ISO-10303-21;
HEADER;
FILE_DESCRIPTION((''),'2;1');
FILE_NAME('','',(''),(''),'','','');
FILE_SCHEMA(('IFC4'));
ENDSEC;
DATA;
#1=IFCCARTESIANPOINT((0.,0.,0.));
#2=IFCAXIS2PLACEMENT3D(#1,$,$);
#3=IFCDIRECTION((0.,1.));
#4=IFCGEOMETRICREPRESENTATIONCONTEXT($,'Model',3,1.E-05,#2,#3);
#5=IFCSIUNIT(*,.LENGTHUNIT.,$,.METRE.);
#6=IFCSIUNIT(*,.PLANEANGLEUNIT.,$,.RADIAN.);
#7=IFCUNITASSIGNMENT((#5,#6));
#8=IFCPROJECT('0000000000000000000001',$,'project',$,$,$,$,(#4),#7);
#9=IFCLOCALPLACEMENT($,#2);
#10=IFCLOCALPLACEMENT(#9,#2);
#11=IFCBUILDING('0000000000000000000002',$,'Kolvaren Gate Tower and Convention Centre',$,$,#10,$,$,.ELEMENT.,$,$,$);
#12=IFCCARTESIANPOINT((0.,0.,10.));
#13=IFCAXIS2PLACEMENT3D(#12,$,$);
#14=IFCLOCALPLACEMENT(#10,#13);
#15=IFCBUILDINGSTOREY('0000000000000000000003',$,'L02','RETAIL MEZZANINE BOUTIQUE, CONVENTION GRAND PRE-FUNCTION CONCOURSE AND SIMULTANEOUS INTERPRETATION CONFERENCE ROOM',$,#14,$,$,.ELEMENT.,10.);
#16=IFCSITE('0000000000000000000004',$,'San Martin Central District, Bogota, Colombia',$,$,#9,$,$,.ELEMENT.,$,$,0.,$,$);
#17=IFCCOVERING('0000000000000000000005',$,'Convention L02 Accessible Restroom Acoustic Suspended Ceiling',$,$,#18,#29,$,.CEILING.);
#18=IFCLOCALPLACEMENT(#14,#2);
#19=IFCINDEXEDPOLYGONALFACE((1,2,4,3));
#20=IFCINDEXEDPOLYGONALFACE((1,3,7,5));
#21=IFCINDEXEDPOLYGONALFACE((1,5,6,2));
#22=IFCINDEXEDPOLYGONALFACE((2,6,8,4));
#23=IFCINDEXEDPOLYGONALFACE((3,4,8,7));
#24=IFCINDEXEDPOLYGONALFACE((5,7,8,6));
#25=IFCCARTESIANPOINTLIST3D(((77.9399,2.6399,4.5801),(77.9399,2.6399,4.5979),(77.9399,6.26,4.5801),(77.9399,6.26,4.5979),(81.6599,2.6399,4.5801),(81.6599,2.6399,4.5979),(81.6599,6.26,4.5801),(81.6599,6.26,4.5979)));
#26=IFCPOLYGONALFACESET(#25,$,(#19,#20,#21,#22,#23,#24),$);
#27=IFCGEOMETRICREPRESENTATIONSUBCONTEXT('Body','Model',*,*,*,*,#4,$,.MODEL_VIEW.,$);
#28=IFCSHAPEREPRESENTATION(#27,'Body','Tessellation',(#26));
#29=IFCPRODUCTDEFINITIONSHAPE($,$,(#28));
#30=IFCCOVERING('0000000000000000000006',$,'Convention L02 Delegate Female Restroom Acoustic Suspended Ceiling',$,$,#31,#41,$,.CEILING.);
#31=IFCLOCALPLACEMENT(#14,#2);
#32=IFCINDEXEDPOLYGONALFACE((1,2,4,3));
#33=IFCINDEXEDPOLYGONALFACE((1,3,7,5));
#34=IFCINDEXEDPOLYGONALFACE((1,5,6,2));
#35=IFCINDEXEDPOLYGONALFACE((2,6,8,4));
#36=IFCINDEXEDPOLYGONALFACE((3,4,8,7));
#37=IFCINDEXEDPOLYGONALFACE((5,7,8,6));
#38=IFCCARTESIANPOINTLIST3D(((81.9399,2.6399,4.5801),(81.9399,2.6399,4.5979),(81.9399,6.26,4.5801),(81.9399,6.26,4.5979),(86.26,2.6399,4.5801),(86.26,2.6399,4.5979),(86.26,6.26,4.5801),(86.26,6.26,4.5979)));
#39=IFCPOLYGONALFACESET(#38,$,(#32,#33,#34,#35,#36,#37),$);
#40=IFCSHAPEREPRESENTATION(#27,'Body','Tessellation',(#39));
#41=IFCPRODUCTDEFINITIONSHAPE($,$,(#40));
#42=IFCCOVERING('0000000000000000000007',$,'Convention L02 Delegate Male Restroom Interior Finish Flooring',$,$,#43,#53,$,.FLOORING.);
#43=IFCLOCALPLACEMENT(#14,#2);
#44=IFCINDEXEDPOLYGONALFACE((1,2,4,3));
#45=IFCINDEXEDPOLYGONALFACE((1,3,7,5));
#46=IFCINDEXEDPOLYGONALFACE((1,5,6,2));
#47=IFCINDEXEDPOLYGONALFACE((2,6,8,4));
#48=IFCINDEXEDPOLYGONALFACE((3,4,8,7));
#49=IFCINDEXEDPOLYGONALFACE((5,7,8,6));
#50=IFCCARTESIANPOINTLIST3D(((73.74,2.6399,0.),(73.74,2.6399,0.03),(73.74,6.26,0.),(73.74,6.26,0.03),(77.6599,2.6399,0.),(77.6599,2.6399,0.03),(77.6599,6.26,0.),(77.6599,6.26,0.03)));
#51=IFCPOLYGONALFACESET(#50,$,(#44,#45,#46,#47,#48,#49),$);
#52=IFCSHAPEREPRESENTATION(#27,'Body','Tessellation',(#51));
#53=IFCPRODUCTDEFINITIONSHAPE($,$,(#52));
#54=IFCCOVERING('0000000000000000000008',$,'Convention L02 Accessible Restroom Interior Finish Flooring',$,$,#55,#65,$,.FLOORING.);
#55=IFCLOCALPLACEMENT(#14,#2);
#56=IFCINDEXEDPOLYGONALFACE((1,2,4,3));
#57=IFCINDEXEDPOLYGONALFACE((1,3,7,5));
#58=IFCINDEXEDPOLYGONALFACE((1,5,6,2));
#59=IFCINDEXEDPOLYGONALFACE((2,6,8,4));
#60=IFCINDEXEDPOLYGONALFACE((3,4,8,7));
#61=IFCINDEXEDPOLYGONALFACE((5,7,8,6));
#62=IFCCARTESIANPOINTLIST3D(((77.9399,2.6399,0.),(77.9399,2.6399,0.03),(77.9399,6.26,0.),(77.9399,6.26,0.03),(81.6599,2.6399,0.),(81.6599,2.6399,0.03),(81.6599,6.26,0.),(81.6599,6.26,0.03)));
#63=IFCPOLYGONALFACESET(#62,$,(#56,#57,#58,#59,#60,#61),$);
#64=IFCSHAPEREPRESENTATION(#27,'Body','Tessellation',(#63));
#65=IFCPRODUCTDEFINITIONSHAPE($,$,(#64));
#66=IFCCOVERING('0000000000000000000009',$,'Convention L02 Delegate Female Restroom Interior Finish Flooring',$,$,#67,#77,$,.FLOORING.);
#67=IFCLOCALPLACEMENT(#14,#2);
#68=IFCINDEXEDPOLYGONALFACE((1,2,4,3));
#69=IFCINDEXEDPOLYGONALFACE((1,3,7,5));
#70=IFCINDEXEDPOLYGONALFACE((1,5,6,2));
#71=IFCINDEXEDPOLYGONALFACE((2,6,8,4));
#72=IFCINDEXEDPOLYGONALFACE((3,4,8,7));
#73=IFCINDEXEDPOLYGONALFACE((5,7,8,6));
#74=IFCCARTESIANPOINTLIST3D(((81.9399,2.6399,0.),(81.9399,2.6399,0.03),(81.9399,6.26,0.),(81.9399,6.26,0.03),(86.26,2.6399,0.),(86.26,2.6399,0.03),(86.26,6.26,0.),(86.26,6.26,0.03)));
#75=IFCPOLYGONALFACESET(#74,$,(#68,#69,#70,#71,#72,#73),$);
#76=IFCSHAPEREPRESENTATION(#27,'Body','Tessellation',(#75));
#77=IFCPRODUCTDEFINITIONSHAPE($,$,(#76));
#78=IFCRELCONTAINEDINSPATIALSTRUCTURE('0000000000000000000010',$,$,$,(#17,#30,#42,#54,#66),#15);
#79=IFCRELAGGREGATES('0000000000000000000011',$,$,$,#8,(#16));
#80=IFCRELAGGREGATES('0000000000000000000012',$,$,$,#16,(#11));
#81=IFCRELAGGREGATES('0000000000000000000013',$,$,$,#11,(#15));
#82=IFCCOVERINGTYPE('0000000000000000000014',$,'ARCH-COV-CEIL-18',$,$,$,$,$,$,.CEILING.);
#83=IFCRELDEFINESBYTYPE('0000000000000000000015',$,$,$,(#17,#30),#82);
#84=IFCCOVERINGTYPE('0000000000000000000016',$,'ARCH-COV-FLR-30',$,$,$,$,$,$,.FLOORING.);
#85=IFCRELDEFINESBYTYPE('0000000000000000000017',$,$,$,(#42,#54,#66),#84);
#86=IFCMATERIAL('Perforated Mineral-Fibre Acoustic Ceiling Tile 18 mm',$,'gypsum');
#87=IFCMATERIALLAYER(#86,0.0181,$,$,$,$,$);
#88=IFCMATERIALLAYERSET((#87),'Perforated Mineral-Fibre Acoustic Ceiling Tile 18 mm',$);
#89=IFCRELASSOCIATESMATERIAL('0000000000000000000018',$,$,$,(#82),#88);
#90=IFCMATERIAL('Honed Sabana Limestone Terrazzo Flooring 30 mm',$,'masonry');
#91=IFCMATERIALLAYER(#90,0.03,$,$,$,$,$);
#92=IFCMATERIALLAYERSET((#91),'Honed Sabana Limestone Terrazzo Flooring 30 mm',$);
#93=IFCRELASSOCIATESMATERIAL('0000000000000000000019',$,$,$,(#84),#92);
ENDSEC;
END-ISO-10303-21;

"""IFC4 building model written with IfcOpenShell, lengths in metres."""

from ifc_helpers import new_model, si_unit, direction, frame, origin, place, context, subcontext, project, spatial, polyline, outline, extrude, material, layer, layer_set, type_object, element, save


model = new_model("IFC4")

# Units and contexts
model_context = context("Model", 3, precision=1e-05, world=origin(), true_north=direction((0.0, 1.0)))
body_context = subcontext(model_context, "Body", "Model", "MODEL_VIEW")
ifc_project = project(units=[si_unit("LENGTHUNIT", "METRE"), si_unit("PLANEANGLEUNIT", "RADIAN")], contexts=[model_context])

# Site, building, storey
site_placement = place(None, origin())
site = spatial("IfcSite", under=ifc_project, at=site_placement, Name="San Martin Central District, Bogota, Colombia", CompositionType="ELEMENT", RefElevation=0.0)
building_placement = place(site_placement, origin())
building = spatial("IfcBuilding", under=site, at=building_placement, Name="Kolvaren Gate Tower and Convention Centre", CompositionType="ELEMENT")
storey_placement = place(building_placement, frame((0.0, 0.0, 10.0)))
storey = spatial("IfcBuildingStorey", under=building, at=storey_placement, Name="L02", Description="RETAIL MEZZANINE BOUTIQUE, CONVENTION GRAND PRE-FUNCTION CONCOURSE AND SIMULTANEOUS INTERPRETATION CONFERENCE ROOM", CompositionType="ELEMENT", Elevation=10.0)

# Coverings
ifc_material_1 = material(Name="Perforated Mineral-Fibre Acoustic Ceiling Tile 18 mm", Category="gypsum")
ifc_layer_1 = layer(ifc_material_1, 0.0181)
ifc_layer_set_1 = layer_set([ifc_layer_1], Name="Perforated Mineral-Fibre Acoustic Ceiling Tile 18 mm")
covering_type_1 = type_object("IfcCoveringType", Name="ARCH-COV-CEIL-18", PredefinedType="CEILING", material=ifc_layer_set_1)
covering_1_placement = place(storey_placement, frame((0.0, 0.0, 4.5801)))
element("IfcCovering", 1, at=covering_1_placement, inside=storey, type_object=covering_type_1, Name="Convention L02 Accessible Restroom Acoustic Suspended Ceiling", PredefinedType="CEILING", context=body_context, shape_type="SweptSolid", body=[
    extrude(outline(polyline([(77.9399, 6.26), (81.6599, 6.26), (81.6599, 2.6399), (77.9399, 2.6399), (77.9399, 6.26)])), origin(), (0.0, 0.0, 1.0), 0.0178),
])
covering_2_placement = place(storey_placement, frame((0.0, 0.0, 4.5801)))
element("IfcCovering", 2, at=covering_2_placement, inside=storey, type_object=covering_type_1, Name="Convention L02 Delegate Female Restroom Acoustic Suspended Ceiling", PredefinedType="CEILING", context=body_context, shape_type="SweptSolid", body=[
    extrude(outline(polyline([(81.9399, 6.26), (86.26, 6.26), (86.26, 2.6399), (81.9399, 2.6399), (81.9399, 6.26)])), origin(), (0.0, 0.0, 1.0), 0.0178),
])
ifc_material_2 = material(Name="Honed Sabana Limestone Terrazzo Flooring 30 mm", Category="masonry")
ifc_layer_2 = layer(ifc_material_2, 0.03)
ifc_layer_set_2 = layer_set([ifc_layer_2], Name="Honed Sabana Limestone Terrazzo Flooring 30 mm")
covering_type_2 = type_object("IfcCoveringType", Name="ARCH-COV-FLR-30", PredefinedType="FLOORING", material=ifc_layer_set_2)
covering_3_placement = place(storey_placement, origin())
element("IfcCovering", 3, at=covering_3_placement, inside=storey, type_object=covering_type_2, Name="Convention L02 Delegate Male Restroom Interior Finish Flooring", PredefinedType="FLOORING", context=body_context, shape_type="SweptSolid", body=[
    extrude(outline(polyline([(73.74, 6.26), (77.6599, 6.26), (77.6599, 2.6399), (73.74, 2.6399), (73.74, 6.26)])), origin(), (0.0, 0.0, 1.0), 0.03),
])
covering_4_placement = place(storey_placement, origin())
element("IfcCovering", 4, at=covering_4_placement, inside=storey, type_object=covering_type_2, Name="Convention L02 Accessible Restroom Interior Finish Flooring", PredefinedType="FLOORING", context=body_context, shape_type="SweptSolid", body=[
    extrude(outline(polyline([(77.9399, 6.26), (81.6599, 6.26), (81.6599, 2.6399), (77.9399, 2.6399), (77.9399, 6.26)])), origin(), (0.0, 0.0, 1.0), 0.03),
])
covering_5_placement = place(storey_placement, origin())
element("IfcCovering", 5, at=covering_5_placement, inside=storey, type_object=covering_type_2, Name="Convention L02 Delegate Female Restroom Interior Finish Flooring", PredefinedType="FLOORING", context=body_context, shape_type="SweptSolid", body=[
    extrude(outline(polyline([(81.9399, 6.26), (86.26, 6.26), (86.26, 2.6399), (81.9399, 2.6399), (81.9399, 6.26)])), origin(), (0.0, 0.0, 1.0), 0.03),
])

save(model, "model.ifc")
